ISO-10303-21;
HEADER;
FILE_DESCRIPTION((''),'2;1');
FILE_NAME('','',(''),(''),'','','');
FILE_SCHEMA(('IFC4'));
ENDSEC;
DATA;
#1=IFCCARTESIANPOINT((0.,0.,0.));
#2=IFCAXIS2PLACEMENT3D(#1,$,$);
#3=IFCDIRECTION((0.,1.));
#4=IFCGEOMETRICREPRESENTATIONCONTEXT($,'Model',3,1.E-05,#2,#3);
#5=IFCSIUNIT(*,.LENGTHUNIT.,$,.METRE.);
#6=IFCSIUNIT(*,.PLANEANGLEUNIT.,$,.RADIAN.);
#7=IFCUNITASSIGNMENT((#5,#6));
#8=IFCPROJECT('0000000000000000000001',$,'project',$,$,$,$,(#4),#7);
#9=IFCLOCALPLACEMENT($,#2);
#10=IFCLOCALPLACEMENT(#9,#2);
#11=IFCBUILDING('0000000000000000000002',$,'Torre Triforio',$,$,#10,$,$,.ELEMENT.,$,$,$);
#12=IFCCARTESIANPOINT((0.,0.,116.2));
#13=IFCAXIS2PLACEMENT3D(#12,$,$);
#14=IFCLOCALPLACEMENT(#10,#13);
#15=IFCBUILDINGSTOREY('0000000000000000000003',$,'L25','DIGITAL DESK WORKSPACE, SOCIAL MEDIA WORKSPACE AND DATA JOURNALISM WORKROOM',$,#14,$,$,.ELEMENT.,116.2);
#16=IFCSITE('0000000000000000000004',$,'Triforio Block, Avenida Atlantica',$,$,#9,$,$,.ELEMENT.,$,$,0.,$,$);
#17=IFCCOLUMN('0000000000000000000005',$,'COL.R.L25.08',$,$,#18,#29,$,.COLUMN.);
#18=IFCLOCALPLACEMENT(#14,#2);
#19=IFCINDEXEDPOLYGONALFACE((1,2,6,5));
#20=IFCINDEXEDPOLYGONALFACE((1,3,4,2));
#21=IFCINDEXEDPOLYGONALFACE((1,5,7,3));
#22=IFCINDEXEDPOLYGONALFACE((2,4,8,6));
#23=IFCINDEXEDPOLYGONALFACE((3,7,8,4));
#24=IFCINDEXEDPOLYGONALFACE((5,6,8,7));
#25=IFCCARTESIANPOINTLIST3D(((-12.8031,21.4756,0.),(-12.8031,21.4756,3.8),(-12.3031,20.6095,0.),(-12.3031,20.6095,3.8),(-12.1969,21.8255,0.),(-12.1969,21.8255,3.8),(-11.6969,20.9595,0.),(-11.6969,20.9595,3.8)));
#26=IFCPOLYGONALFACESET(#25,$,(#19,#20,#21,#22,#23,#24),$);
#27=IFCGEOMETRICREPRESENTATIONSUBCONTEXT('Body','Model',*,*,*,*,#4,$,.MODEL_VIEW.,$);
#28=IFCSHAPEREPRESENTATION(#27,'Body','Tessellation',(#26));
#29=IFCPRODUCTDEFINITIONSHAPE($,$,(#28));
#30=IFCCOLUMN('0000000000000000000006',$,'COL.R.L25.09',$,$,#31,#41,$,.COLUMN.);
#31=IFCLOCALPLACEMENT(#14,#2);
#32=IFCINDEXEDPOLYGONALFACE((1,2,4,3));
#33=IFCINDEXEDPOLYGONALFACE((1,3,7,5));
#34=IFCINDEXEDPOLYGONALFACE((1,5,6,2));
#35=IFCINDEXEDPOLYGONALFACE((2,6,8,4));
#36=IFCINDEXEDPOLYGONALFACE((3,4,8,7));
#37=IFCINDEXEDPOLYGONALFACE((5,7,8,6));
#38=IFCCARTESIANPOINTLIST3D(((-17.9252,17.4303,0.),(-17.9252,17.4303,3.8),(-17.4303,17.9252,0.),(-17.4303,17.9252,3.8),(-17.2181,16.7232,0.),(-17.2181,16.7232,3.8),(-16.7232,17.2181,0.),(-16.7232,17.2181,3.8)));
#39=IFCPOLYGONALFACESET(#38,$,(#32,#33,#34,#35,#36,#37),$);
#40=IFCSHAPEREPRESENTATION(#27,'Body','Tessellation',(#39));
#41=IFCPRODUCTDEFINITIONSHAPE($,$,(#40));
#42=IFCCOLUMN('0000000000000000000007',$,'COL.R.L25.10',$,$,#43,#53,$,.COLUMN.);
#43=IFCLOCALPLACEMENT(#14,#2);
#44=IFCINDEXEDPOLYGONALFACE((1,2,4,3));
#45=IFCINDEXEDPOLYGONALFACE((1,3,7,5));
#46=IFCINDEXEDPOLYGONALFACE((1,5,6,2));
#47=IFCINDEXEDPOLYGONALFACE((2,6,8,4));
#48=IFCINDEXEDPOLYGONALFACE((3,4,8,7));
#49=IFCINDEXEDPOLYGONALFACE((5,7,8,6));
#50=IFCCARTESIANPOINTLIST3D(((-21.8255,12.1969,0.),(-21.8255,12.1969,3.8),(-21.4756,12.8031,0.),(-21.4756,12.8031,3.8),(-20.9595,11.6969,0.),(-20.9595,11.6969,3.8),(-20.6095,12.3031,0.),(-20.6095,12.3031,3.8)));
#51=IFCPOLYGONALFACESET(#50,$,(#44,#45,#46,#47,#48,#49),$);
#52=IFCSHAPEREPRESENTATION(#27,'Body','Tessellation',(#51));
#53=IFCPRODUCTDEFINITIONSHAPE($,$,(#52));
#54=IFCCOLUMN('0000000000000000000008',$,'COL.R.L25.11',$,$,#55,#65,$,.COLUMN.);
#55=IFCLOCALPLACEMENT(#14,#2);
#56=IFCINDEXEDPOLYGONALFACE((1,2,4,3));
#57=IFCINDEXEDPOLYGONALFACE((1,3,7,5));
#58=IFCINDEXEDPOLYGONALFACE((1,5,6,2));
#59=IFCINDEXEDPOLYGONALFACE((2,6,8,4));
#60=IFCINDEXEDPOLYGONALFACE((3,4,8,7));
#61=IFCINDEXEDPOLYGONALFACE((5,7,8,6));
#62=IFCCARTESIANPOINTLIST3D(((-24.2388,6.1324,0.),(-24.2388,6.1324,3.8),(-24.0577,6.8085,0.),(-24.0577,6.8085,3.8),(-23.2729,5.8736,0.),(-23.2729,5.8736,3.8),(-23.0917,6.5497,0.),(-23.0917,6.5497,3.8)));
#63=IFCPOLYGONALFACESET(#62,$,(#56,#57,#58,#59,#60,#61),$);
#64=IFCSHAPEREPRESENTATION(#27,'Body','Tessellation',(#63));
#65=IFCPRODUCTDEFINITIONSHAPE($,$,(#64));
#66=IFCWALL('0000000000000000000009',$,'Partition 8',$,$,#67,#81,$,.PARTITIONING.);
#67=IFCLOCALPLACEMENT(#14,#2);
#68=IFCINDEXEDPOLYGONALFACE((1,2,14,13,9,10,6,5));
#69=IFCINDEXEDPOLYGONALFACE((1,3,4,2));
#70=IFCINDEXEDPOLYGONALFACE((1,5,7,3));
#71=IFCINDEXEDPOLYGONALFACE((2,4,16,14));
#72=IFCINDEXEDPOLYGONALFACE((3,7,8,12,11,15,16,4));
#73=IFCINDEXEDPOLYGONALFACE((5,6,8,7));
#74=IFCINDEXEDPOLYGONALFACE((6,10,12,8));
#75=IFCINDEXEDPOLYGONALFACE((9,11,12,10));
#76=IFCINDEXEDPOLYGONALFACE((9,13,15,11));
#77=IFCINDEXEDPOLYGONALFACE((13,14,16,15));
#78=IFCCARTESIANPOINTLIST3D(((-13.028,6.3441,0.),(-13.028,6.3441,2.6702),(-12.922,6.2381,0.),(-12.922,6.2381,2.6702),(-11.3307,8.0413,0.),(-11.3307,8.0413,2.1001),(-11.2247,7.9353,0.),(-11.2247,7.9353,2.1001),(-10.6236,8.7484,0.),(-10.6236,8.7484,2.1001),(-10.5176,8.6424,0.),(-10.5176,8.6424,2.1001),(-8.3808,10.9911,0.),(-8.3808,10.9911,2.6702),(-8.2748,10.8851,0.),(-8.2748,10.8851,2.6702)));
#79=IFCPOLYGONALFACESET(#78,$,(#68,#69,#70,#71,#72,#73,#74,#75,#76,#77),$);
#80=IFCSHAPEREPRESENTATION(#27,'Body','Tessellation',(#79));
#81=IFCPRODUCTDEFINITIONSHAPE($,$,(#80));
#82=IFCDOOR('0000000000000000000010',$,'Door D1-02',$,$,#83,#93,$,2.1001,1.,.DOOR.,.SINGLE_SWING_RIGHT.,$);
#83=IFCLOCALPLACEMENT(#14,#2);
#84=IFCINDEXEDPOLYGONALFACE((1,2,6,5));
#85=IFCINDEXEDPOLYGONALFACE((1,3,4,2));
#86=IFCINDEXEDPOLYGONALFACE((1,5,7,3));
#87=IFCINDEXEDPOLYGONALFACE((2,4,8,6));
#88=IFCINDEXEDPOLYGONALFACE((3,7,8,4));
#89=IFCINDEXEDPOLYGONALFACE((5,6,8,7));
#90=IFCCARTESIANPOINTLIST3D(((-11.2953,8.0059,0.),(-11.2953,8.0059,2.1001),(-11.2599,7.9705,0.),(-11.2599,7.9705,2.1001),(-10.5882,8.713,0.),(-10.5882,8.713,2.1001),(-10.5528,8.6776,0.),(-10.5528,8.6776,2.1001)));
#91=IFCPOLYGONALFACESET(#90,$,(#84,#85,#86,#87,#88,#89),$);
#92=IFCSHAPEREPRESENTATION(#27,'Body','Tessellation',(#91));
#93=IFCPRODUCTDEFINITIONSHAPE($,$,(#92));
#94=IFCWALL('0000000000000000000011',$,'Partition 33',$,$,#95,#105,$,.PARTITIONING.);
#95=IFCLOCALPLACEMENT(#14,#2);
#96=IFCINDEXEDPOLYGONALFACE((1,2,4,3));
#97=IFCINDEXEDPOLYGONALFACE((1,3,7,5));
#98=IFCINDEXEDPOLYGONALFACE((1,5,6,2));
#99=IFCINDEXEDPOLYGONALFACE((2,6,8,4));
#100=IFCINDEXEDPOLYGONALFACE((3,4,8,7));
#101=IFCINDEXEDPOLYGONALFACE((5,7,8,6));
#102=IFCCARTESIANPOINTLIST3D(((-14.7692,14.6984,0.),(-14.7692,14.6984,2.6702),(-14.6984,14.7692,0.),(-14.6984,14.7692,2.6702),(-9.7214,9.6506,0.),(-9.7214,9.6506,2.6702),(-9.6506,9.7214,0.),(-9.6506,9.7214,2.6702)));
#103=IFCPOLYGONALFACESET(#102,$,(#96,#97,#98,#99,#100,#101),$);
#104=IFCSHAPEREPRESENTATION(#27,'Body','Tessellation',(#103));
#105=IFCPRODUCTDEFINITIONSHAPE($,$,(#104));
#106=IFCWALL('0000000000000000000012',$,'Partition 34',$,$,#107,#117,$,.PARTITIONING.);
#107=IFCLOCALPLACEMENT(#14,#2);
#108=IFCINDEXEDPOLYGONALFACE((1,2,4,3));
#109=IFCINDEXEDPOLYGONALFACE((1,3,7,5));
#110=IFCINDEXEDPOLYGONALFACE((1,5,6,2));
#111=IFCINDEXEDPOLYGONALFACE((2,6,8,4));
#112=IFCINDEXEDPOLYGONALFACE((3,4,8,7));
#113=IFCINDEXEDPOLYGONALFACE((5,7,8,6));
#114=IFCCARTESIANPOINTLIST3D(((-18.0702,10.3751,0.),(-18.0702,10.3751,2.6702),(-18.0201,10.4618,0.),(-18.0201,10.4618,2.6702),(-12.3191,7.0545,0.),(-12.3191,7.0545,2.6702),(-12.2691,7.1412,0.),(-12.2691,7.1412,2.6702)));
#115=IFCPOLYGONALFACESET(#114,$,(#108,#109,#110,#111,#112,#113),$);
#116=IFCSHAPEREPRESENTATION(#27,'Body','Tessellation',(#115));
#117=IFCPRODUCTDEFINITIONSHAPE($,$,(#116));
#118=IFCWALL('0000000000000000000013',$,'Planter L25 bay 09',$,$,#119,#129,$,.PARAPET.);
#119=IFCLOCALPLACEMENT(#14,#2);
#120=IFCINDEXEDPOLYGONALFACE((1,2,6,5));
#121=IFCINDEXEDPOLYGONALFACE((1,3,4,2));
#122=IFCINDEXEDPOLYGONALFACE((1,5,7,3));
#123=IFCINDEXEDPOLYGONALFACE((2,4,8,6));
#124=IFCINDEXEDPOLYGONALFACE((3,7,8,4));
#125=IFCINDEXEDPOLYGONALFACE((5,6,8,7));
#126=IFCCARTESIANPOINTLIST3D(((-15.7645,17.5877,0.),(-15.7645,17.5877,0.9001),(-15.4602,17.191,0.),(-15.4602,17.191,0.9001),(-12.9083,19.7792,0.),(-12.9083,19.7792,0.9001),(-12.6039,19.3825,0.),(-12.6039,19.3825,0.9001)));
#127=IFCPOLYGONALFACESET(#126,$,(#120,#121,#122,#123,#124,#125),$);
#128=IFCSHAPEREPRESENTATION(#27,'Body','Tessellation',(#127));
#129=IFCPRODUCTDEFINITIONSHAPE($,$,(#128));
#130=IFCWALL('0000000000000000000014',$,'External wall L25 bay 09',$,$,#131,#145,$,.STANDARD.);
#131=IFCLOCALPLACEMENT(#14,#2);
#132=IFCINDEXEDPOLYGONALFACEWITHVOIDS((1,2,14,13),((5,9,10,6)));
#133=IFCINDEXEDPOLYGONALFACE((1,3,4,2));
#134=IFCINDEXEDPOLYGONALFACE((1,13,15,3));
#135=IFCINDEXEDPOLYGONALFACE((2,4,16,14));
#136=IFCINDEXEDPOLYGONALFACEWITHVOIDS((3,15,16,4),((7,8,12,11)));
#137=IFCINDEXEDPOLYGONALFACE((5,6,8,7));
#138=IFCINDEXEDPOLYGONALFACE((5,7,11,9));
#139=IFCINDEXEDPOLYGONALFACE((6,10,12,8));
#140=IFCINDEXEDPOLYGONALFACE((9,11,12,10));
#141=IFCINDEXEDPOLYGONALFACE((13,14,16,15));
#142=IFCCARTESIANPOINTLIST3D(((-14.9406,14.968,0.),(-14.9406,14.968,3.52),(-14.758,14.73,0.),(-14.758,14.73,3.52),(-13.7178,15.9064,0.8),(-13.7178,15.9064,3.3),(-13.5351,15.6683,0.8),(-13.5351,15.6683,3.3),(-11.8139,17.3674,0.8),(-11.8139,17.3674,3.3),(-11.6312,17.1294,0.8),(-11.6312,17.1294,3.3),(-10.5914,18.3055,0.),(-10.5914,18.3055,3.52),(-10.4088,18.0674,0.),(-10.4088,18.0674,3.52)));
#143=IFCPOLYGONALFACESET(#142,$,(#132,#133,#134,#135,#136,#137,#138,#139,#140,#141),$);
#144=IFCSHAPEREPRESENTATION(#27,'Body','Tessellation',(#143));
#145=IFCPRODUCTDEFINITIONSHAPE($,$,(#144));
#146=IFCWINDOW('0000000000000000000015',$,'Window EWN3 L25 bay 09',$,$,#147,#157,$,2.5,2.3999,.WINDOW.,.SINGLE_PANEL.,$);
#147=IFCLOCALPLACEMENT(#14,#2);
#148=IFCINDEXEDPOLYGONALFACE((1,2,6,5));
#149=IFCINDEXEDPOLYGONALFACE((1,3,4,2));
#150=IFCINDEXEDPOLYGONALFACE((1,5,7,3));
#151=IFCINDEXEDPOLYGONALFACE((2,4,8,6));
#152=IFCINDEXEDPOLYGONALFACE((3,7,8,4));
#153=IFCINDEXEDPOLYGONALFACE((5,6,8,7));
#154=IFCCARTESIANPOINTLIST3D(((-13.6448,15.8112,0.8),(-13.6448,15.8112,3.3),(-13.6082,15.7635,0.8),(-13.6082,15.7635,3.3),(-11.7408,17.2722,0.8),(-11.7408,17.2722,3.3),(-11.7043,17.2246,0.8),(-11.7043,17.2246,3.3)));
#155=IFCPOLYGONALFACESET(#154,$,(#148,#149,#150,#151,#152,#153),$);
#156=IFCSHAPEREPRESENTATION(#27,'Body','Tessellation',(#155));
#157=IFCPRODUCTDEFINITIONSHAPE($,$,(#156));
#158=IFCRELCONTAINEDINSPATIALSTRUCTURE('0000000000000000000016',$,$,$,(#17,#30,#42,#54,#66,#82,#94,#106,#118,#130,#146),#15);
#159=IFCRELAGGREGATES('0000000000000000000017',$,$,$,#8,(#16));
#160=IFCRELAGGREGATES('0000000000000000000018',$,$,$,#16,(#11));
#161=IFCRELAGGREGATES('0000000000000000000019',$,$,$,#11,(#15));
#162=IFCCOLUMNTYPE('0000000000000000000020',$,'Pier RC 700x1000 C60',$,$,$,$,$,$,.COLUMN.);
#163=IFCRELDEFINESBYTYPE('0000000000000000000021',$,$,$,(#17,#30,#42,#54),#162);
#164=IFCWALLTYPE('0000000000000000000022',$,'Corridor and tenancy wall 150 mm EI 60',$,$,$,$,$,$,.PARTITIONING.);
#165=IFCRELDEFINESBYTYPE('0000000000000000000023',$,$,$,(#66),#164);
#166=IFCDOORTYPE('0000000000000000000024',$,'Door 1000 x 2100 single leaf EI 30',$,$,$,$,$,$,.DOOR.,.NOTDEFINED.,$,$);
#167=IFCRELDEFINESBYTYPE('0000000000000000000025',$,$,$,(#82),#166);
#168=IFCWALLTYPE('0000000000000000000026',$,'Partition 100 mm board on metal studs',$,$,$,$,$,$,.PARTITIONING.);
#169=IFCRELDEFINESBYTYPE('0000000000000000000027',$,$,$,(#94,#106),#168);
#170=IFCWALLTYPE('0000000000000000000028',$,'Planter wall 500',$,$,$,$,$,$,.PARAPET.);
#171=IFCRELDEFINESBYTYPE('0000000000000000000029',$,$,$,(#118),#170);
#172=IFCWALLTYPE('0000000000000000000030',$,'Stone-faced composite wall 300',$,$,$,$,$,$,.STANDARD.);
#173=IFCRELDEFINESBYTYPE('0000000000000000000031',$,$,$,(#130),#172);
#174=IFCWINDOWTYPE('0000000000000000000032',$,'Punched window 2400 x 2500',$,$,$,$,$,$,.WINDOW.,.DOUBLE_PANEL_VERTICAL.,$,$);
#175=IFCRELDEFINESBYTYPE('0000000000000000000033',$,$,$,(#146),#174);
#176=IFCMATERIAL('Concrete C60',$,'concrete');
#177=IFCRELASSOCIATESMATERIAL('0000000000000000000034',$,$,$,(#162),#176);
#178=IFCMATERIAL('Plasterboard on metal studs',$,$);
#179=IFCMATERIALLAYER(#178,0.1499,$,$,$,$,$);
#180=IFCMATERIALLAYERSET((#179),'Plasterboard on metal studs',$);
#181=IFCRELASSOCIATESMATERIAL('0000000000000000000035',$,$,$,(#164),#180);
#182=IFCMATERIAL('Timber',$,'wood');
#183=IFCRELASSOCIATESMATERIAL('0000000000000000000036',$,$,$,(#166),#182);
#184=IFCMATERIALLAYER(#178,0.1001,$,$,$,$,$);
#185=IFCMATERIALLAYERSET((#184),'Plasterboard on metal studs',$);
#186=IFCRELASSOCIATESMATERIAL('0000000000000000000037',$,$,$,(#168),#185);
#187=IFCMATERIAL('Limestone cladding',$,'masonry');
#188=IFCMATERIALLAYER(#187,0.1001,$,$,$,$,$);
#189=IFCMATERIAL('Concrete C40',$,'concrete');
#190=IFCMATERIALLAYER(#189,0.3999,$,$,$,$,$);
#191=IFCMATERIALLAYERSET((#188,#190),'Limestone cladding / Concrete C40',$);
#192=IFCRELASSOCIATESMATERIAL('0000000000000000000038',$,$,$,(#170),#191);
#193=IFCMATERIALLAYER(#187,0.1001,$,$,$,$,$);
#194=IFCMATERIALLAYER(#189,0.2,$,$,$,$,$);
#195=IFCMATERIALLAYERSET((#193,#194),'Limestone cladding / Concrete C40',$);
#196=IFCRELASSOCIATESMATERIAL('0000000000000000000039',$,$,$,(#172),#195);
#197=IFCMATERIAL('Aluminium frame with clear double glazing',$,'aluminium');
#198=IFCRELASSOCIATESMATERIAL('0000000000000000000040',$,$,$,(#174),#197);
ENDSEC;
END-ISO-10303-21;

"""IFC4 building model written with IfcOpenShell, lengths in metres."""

from ifc_helpers import new_model, si_unit, direction, frame, frame_2d, origin, origin_2d, place, context, subcontext, project, spatial, rectangle, extrude, material, layer, layer_set, material_profile, profile_set, type_object, element, fill, save


model = new_model("IFC4")

# Units and contexts
model_context = context("Model", 3, precision=1e-05, world=origin(), true_north=direction((0.0, 1.0)))
body_context = subcontext(model_context, "Body", "Model", "MODEL_VIEW")
ifc_project = project(units=[si_unit("LENGTHUNIT", "METRE"), si_unit("PLANEANGLEUNIT", "RADIAN")], contexts=[model_context])

# Site, building, storey
site_placement = place(None, origin())
site = spatial("IfcSite", under=ifc_project, at=site_placement, Name="Triforio Block, Avenida Atlantica", CompositionType="ELEMENT", RefElevation=0.0)
building_placement = place(site_placement, origin())
building = spatial("IfcBuilding", under=site, at=building_placement, Name="Torre Triforio", CompositionType="ELEMENT")
storey_placement = place(building_placement, frame((0.0, 0.0, 116.2)))
storey = spatial("IfcBuildingStorey", under=building, at=storey_placement, Name="L25", Description="DIGITAL DESK WORKSPACE, SOCIAL MEDIA WORKSPACE AND DATA JOURNALISM WORKROOM", CompositionType="ELEMENT", Elevation=116.2)

# Columns
ifc_material_1 = material(Name="Concrete C60", Category="concrete")
ifc_material_profile = material_profile(ifc_material_1, rectangle(XDim=0.7, YDim=1.0, at=origin_2d()), Name="RC 700x1000")
ifc_profile_set = profile_set([ifc_material_profile], Name="Concrete C60")
column_type = type_object("IfcColumnType", Name="Pier RC 700x1000 C60", PredefinedType="COLUMN", material=ifc_profile_set)
for number, where, z_axis, x_axis, name in (
    (1, (-12.25, 21.2175, 0.0), (0.0, 0.0, 1.0), (-0.866025, -0.5, 0.0), "COL.R.L25.08"),
    (2, (-17.3242, 17.3242, 0.0), (0.0, 0.0, 1.0), (-0.707107, -0.707107, 0.0), "COL.R.L25.09"),
    (3, (-21.2175, 12.25, 0.0), (0.0, 0.0, 1.0), (-0.5, -0.866025, 0.0), "COL.R.L25.10"),
    (4, (-23.6653, 6.3411, 0.0), (0.0, 0.0, 1.0), (-0.258819, -0.965926, 0.0), "COL.R.L25.11"),
):
    element("IfcColumn", number, at=place(storey_placement, frame(where, z_axis=z_axis, x_axis=x_axis)), inside=storey, type_object=column_type, Name=name, PredefinedType="COLUMN", context=body_context, shape_type="SweptSolid", body=[
        extrude(rectangle(XDim=0.7, YDim=1.0, at=origin_2d()), origin(), (0.0, 0.0, 1.0), 3.8),
    ])

# Wall, opening, door
ifc_material_2 = material(Name="Plasterboard on metal studs")
ifc_layer_1 = layer(ifc_material_2, 0.1499)
ifc_layer_set_1 = layer_set([ifc_layer_1], Name="Plasterboard on metal studs")
wall_type_1 = type_object("IfcWallType", Name="Corridor and tenancy wall 150 mm EI 60", PredefinedType="PARTITIONING", material=ifc_layer_set_1)
wall_1_placement = place(storey_placement, frame((-12.9751, 6.291, 0.0), z_axis=(0.0, 0.0, 1.0), x_axis=(0.707125, 0.707088, 0.0)))
wall_1 = element("IfcWall", 5, at=wall_1_placement, inside=storey, type_object=wall_type_1, Name="Partition 8", PredefinedType="PARTITIONING", context=body_context, shape_type="SweptSolid", body=[
    extrude(rectangle(XDim=6.572, YDim=0.1499, at=frame_2d((3.2861, 0.0))), origin(), (0.0, 0.0, 1.0), 2.6702),
])
opening_1_placement = place(wall_1_placement, frame((2.4004, 0.0, 0.0)))
opening_1 = element("IfcOpeningElement", 6, at=opening_1_placement, cuts=wall_1, PredefinedType="OPENING", context=body_context, shape_type="SweptSolid", body=[
    extrude(rectangle(XDim=1.0, YDim=2.1001, at=frame_2d((0.5, 1.05))), frame((0.0, 0.085, 0.0), z_axis=(0.0, -1.0, 0.0), x_axis=(1.0, 0.0, 0.0)), (0.0, 0.0, 1.0), 0.1699),
])
ifc_material_3 = material(Name="Timber", Category="wood")
door_type_1 = type_object("IfcDoorType", Name="Door 1000 x 2100 single leaf EI 30", OperationType="NOTDEFINED", PredefinedType="DOOR", material=ifc_material_3)
door_1_placement = place(opening_1_placement, origin())
door_1 = element("IfcDoor", 7, at=door_1_placement, inside=storey, type_object=door_type_1, Name="Door D1-02", OperationType="SINGLE_SWING_RIGHT", OverallHeight=2.1001, OverallWidth=1.0, PredefinedType="DOOR", context=body_context, shape_type="SweptSolid", body=[
    extrude(rectangle(XDim=1.0, YDim=2.1001, at=frame_2d((0.5, 1.05))), frame((0.0, 0.0249, 0.0), z_axis=(0.0, -1.0, 0.0), x_axis=(1.0, 0.0, 0.0)), (0.0, 0.0, 1.0), 0.05),
])
fill(opening_1, door_1)

# Walls
ifc_layer_2 = layer(ifc_material_2, 0.1001)
ifc_layer_set_2 = layer_set([ifc_layer_2], Name="Plasterboard on metal studs")
wall_type_2 = type_object("IfcWallType", Name="Partition 100 mm board on metal studs", PredefinedType="PARTITIONING", material=ifc_layer_set_2)
wall_2_placement = place(storey_placement, frame((-9.686, 9.686, 0.0), z_axis=(0.0, 0.0, 1.0), x_axis=(-0.707107, 0.707107, 0.0)))
element("IfcWall", 8, at=wall_2_placement, inside=storey, type_object=wall_type_2, Name="Partition 33", PredefinedType="PARTITIONING", context=body_context, shape_type="SweptSolid", body=[
    extrude(rectangle(XDim=7.1387, YDim=0.1001, at=frame_2d((3.5693, 0.0))), origin(), (0.0, 0.0, 1.0), 2.6702),
])
wall_3_placement = place(storey_placement, frame((-12.2942, 7.0979, 0.0), z_axis=(0.0, 0.0, 1.0), x_axis=(-0.86601, 0.500026, 0.0)))
element("IfcWall", 9, at=wall_3_placement, inside=storey, type_object=wall_type_2, Name="Partition 34", PredefinedType="PARTITIONING", context=body_context, shape_type="SweptSolid", body=[
    extrude(rectangle(XDim=6.6409, YDim=0.1001, at=frame_2d((3.3203, 0.0))), origin(), (0.0, 0.0, 1.0), 2.6702),
])
ifc_material_4 = material(Name="Limestone cladding", Category="masonry")
ifc_layer_3 = layer(ifc_material_4, 0.1001)
ifc_material_5 = material(Name="Concrete C40", Category="concrete")
ifc_layer_4 = layer(ifc_material_5, 0.3999)
ifc_layer_set_3 = layer_set([ifc_layer_3, ifc_layer_4], Name="Limestone cladding / Concrete C40")
wall_type_3 = type_object("IfcWallType", Name="Planter wall 500", PredefinedType="PARAPET", material=ifc_layer_set_3)
wall_4_placement = place(storey_placement, frame((-12.7561, 19.5808, 0.0), z_axis=(0.0, 0.0, 1.0), x_axis=(-0.793385, -0.608721, 0.0)))
element("IfcWall", 10, at=wall_4_placement, inside=storey, type_object=wall_type_3, Name="Planter L25 bay 09", PredefinedType="PARAPET", context=body_context, shape_type="SweptSolid", body=[
    extrude(rectangle(XDim=3.6001, YDim=0.5, at=frame_2d((1.8, 0.0))), origin(), (0.0, 0.0, 1.0), 0.9001),
])

# Wall, opening, window
ifc_layer_5 = layer(ifc_material_4, 0.1001)
ifc_layer_6 = layer(ifc_material_5, 0.2)
ifc_layer_set_4 = layer_set([ifc_layer_5, ifc_layer_6], Name="Limestone cladding / Concrete C40")
wall_type_4 = type_object("IfcWallType", Name="Stone-faced composite wall 300", PredefinedType="STANDARD", material=ifc_layer_set_4)
wall_5_placement = place(storey_placement, frame((-10.5, 18.1865, 0.0), z_axis=(0.0, 0.0, 1.0), x_axis=(-0.793335, -0.608785, 0.0)))
wall_5 = element("IfcWall", 11, at=wall_5_placement, inside=storey, type_object=wall_type_4, Name="External wall L25 bay 09", PredefinedType="STANDARD", context=body_context, shape_type="SweptSolid", body=[
    extrude(rectangle(XDim=5.4822, YDim=0.3, at=frame_2d((2.7412, 0.0))), origin(), (0.0, 0.0, 1.0), 3.52),
])
opening_2_placement = place(wall_5_placement, frame((1.541, 0.0, 0.8)))
opening_2 = element("IfcOpeningElement", 12, at=opening_2_placement, cuts=wall_5, PredefinedType="OPENING", context=body_context, shape_type="SweptSolid", body=[
    extrude(rectangle(XDim=2.3999, YDim=2.5, at=frame_2d((1.2, 1.25))), frame((0.0, 0.1599, 0.0), z_axis=(0.0, -1.0, 0.0), x_axis=(1.0, 0.0, 0.0)), (0.0, 0.0, 1.0), 0.3201),
])
ifc_material_6 = material(Name="Aluminium frame with clear double glazing", Category="aluminium")
window_type_1 = type_object("IfcWindowType", Name="Punched window 2400 x 2500", PartitioningType="DOUBLE_PANEL_VERTICAL", PredefinedType="WINDOW", material=ifc_material_6)
window_1_placement = place(opening_2_placement, origin())
window_1 = element("IfcWindow", 13, at=window_1_placement, inside=storey, type_object=window_type_1, Name="Window EWN3 L25 bay 09", OverallHeight=2.5, OverallWidth=2.3999, PartitioningType="SINGLE_PANEL", PredefinedType="WINDOW", context=body_context, shape_type="SweptSolid", body=[
    extrude(rectangle(XDim=2.3999, YDim=2.5, at=frame_2d((1.2, 1.25))), frame((0.0, 0.03, 0.0), z_axis=(0.0, -1.0, 0.0), x_axis=(1.0, 0.0, 0.0)), (0.0, 0.0, 1.0), 0.0601),
])
fill(opening_2, window_1)

save(model, "model.ifc")
